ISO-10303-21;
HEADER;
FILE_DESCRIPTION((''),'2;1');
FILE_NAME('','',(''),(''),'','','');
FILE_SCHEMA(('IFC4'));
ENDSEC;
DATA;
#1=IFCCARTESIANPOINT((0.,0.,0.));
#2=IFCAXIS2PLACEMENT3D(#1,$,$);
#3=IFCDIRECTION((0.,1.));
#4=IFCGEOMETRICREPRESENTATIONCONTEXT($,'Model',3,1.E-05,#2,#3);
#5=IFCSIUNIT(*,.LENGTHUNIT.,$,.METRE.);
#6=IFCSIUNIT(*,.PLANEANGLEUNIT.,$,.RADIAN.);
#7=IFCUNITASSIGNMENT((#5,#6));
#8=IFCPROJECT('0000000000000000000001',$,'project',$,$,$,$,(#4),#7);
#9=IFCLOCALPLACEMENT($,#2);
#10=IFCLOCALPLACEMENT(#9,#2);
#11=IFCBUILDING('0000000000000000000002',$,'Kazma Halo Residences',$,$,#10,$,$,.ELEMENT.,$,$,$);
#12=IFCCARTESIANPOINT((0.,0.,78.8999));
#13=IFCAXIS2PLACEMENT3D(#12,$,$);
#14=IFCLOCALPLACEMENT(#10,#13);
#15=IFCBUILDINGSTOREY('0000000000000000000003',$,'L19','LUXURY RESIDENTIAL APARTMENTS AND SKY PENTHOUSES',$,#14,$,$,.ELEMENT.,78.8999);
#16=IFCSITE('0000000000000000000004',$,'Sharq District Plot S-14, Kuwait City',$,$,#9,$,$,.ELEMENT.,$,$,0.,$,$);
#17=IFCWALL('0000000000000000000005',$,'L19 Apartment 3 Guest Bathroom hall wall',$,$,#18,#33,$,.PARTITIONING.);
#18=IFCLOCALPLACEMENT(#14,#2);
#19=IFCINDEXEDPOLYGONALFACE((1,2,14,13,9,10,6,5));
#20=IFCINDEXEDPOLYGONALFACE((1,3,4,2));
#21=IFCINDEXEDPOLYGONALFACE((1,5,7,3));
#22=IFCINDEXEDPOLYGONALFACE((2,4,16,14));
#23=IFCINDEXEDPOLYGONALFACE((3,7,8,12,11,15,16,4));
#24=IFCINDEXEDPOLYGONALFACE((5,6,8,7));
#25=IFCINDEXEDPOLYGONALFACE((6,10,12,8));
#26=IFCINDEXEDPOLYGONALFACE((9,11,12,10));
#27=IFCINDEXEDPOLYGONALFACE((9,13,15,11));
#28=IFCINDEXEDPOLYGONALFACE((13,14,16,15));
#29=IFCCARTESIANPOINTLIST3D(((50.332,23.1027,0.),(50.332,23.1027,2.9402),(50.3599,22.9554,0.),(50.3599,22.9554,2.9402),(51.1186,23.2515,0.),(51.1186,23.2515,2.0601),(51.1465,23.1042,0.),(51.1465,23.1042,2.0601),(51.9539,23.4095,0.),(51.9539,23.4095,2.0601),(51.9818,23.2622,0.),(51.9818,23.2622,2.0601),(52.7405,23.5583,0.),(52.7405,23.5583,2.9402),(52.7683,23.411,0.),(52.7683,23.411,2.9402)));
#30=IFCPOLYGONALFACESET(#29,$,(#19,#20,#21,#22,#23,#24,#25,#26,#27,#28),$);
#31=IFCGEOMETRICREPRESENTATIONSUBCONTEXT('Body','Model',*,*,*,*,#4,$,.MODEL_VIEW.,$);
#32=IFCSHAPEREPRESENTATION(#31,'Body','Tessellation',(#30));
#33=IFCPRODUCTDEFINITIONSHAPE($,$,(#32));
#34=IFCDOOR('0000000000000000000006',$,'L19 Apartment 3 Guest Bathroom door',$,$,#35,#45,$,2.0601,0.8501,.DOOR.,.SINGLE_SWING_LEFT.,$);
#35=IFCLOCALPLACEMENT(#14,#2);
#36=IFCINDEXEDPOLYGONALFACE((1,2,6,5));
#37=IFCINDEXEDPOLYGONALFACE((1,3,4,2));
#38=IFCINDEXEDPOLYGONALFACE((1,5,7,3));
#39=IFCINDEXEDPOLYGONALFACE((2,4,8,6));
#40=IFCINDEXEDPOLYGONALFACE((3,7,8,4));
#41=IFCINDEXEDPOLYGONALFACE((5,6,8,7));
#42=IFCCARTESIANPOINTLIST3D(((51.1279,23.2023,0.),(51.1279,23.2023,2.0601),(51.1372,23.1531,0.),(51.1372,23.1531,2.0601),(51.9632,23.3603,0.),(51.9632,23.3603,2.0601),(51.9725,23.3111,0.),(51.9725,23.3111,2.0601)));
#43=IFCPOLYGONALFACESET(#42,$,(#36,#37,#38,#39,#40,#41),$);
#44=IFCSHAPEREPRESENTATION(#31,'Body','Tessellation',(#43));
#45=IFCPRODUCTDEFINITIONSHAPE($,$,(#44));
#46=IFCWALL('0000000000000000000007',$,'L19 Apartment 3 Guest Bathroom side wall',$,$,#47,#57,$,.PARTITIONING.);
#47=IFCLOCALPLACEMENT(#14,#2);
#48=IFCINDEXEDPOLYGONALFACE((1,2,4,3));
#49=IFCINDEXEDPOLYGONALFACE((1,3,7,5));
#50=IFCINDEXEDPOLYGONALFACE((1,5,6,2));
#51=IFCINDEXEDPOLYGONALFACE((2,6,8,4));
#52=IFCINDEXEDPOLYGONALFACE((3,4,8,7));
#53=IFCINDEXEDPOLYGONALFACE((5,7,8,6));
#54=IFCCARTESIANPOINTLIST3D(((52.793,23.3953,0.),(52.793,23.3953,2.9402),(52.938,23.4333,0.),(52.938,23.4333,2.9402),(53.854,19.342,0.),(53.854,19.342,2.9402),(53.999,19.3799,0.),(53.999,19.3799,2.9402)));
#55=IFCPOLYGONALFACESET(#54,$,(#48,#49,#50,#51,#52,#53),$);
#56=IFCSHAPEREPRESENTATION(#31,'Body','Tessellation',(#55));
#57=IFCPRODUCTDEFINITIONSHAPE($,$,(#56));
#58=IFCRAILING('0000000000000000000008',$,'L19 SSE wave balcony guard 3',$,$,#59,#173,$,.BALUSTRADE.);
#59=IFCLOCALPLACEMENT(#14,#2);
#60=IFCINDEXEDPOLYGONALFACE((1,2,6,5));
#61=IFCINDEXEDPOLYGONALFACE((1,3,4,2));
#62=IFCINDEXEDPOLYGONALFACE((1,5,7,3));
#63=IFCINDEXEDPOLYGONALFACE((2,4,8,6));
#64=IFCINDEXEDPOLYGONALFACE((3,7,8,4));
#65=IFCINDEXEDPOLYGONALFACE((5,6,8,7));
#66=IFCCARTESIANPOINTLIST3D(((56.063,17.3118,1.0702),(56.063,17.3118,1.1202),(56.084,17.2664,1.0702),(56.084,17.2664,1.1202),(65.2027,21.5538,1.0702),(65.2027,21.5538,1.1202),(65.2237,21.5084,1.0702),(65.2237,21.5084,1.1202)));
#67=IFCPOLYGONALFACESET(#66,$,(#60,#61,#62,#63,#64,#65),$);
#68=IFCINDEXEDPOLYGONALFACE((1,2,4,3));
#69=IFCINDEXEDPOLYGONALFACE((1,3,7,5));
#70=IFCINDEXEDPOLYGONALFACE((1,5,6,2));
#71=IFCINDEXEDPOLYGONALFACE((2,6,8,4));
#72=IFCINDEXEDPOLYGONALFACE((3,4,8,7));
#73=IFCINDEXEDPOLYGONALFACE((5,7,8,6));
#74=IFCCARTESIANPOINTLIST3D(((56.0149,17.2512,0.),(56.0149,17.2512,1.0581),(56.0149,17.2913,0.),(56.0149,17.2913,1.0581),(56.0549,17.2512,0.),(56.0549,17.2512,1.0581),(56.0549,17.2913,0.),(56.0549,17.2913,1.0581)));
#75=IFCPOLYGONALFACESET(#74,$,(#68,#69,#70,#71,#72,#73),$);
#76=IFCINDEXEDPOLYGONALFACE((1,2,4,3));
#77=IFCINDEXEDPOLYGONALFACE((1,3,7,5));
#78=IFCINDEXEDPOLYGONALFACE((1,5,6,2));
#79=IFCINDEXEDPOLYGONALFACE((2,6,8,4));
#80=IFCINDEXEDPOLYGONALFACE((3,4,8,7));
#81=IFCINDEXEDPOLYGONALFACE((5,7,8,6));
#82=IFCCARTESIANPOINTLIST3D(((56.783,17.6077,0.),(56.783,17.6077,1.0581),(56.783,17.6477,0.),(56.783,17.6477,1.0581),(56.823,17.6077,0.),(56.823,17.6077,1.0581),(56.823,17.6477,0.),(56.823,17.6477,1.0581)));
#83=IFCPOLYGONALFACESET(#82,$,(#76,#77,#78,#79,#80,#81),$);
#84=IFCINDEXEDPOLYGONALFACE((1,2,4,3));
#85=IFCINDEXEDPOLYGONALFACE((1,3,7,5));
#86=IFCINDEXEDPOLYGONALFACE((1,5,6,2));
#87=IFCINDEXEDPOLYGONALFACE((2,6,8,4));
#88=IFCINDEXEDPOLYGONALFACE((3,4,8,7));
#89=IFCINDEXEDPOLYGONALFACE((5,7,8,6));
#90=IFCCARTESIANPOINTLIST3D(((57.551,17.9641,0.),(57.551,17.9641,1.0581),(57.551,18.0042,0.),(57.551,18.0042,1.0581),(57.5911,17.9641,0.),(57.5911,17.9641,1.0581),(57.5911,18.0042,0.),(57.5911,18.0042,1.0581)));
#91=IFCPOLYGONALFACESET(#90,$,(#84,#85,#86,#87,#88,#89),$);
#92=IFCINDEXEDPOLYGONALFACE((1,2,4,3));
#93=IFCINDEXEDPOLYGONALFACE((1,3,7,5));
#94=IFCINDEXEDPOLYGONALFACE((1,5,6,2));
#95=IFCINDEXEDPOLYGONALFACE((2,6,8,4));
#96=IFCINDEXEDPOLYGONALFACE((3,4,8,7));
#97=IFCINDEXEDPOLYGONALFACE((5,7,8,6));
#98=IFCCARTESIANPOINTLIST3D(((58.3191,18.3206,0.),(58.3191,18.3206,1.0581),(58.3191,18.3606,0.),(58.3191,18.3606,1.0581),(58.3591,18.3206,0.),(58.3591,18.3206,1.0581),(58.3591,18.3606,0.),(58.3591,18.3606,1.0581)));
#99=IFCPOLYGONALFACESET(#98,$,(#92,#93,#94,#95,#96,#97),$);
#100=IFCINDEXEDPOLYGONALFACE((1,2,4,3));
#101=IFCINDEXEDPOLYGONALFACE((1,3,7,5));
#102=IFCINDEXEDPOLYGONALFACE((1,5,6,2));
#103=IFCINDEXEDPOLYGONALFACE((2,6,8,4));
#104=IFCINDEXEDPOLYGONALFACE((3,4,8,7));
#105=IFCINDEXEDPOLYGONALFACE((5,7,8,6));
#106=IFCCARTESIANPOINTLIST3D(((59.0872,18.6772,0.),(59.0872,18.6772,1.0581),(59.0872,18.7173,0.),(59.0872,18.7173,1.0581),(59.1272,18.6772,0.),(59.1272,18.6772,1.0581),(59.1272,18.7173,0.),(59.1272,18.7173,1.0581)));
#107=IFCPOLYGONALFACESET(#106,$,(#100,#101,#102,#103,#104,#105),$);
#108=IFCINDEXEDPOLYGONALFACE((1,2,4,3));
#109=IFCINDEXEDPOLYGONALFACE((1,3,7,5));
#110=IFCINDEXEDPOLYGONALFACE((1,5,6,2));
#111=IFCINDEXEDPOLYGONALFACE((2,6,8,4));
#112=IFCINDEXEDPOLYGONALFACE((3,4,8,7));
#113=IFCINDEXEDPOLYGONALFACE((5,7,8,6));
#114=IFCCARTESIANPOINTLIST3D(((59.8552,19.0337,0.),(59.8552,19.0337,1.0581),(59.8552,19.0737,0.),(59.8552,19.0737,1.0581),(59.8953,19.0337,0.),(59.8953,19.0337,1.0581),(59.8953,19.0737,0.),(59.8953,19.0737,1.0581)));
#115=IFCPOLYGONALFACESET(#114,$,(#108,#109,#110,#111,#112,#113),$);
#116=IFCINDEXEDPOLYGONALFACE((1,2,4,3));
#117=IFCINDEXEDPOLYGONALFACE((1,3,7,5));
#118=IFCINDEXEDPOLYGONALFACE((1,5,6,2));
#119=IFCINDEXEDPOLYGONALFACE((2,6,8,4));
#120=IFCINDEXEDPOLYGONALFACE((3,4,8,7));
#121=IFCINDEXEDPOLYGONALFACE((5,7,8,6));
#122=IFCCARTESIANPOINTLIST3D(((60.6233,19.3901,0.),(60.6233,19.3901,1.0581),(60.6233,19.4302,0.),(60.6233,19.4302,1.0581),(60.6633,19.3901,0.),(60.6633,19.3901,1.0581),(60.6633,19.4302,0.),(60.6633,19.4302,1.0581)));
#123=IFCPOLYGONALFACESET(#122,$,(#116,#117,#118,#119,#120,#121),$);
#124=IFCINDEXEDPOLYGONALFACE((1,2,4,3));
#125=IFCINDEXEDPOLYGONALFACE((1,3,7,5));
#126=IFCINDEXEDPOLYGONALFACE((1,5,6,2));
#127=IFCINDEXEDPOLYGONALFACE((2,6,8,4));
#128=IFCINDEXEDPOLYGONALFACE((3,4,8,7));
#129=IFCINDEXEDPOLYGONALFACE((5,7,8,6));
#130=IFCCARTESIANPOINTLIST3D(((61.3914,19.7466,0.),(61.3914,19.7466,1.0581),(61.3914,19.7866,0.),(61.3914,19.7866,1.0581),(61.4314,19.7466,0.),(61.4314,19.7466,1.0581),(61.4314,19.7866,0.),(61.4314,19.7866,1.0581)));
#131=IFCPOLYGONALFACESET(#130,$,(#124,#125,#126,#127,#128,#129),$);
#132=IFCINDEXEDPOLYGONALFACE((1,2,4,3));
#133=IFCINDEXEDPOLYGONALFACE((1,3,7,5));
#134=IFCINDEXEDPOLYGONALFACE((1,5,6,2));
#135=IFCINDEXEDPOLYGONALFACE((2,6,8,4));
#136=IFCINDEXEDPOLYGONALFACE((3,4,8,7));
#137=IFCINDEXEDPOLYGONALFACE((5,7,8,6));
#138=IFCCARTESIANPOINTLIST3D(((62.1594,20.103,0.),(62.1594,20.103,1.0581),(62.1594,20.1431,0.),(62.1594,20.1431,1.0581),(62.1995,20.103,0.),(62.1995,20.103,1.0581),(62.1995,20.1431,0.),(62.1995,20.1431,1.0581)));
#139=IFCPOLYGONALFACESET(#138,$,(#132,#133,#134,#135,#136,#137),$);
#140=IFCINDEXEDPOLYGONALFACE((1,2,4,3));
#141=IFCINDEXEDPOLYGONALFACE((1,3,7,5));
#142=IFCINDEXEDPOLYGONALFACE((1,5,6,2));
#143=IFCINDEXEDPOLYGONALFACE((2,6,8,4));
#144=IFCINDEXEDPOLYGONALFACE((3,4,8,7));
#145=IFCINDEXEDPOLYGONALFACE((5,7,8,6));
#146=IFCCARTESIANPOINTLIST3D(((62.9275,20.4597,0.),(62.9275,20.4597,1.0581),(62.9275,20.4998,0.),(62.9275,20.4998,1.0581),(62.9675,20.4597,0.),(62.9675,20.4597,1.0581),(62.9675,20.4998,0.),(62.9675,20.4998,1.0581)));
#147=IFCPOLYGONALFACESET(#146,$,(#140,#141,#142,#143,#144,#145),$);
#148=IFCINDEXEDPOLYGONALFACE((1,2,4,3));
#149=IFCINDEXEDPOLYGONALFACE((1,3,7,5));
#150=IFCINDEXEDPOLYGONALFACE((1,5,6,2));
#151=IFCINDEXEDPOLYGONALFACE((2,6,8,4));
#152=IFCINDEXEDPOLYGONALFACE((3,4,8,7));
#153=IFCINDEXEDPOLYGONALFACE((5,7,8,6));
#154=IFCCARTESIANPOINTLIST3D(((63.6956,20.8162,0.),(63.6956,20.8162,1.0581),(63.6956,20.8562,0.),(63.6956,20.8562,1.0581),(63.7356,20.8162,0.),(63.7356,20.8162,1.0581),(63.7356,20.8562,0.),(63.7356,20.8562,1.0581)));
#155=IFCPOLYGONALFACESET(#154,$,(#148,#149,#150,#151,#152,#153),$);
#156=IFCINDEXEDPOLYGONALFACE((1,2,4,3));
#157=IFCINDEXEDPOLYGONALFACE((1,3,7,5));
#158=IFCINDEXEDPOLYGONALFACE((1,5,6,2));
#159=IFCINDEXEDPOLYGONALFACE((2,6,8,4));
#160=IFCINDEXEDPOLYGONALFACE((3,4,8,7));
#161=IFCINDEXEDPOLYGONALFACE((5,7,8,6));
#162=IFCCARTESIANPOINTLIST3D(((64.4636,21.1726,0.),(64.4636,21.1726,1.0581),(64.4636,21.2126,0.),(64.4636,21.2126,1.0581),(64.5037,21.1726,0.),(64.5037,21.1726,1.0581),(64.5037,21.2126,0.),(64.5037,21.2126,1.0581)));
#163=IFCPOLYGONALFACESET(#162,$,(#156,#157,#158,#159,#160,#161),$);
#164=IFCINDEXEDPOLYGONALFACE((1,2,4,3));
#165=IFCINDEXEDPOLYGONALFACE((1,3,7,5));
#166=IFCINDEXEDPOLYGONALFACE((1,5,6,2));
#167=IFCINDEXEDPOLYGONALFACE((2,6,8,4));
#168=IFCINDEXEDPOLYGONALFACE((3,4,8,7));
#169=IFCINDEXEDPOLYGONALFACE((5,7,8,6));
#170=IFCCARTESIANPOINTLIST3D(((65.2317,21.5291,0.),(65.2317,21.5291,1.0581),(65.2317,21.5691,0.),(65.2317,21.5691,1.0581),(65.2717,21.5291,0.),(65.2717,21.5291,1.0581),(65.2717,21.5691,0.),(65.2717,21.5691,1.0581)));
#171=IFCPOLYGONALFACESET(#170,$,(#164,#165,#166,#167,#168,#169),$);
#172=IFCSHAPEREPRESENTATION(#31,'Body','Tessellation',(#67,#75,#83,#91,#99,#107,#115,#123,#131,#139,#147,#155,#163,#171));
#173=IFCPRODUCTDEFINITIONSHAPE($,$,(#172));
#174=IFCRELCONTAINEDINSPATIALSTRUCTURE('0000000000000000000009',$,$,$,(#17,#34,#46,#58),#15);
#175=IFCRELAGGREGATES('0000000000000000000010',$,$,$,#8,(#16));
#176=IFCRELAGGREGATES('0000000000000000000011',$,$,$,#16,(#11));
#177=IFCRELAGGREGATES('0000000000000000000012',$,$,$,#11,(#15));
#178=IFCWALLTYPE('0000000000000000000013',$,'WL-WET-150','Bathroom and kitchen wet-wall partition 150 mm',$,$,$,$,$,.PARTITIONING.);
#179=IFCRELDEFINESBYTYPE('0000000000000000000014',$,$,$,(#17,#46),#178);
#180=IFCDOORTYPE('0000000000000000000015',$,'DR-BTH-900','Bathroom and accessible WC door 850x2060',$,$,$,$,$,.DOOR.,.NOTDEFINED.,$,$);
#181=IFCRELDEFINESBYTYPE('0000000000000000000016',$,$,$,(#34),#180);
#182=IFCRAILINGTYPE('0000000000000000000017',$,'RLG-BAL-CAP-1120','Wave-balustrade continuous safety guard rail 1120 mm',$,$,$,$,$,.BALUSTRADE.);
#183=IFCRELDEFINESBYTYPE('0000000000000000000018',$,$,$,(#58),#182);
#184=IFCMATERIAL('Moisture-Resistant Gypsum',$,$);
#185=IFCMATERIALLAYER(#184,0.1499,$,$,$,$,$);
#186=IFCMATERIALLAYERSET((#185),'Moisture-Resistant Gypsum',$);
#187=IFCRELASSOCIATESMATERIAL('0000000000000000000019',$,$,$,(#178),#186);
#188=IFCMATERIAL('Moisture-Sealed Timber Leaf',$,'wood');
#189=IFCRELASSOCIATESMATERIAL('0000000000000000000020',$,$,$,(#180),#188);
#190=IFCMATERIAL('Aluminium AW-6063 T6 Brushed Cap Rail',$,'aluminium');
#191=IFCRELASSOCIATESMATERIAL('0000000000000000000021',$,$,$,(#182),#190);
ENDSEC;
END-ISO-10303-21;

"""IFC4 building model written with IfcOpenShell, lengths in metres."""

from ifc_helpers import new_model, si_unit, direction, frame, frame_2d, origin, origin_2d, place, context, subcontext, project, spatial, rectangle, extrude, material, layer, layer_set, type_object, element, fill, save


model = new_model("IFC4")

# Units and contexts
model_context = context("Model", 3, precision=1e-05, world=origin(), true_north=direction((0.0, 1.0)))
body_context = subcontext(model_context, "Body", "Model", "MODEL_VIEW")
ifc_project = project(units=[si_unit("LENGTHUNIT", "METRE"), si_unit("PLANEANGLEUNIT", "RADIAN")], contexts=[model_context])

# Site, building, storey
site_placement = place(None, origin())
site = spatial("IfcSite", under=ifc_project, at=site_placement, Name="Sharq District Plot S-14, Kuwait City", CompositionType="ELEMENT", RefElevation=0.0)
building_placement = place(site_placement, origin())
building = spatial("IfcBuilding", under=site, at=building_placement, Name="Kazma Halo Residences", CompositionType="ELEMENT")
storey_placement = place(building_placement, frame((0.0, 0.0, 78.8999)))
storey = spatial("IfcBuildingStorey", under=building, at=storey_placement, Name="L19", Description="LUXURY RESIDENTIAL APARTMENTS AND SKY PENTHOUSES", CompositionType="ELEMENT", Elevation=78.8999)

# Wall, opening, door
ifc_material_1 = material(Name="Moisture-Resistant Gypsum")
ifc_layer_1 = layer(ifc_material_1, 0.1499)
ifc_layer_set_1 = layer_set([ifc_layer_1], Name="Moisture-Resistant Gypsum")
wall_type_1 = type_object("IfcWallType", Name="WL-WET-150", Description="Bathroom and kitchen wet-wall partition 150 mm", PredefinedType="PARTITIONING", material=ifc_layer_set_1)
wall_1_placement = place(storey_placement, frame((50.3459, 23.0291, 0.0), z_axis=(0.0, 0.0, 1.0), x_axis=(0.982577, 0.185858, 0.0)))
wall_1 = element("IfcWall", 1, at=wall_1_placement, inside=storey, type_object=wall_type_1, Name="L19 Apartment 3 Guest Bathroom hall wall", PredefinedType="PARTITIONING", context=body_context, shape_type="SweptSolid", body=[
    extrude(rectangle(XDim=2.4512, YDim=0.1499, at=frame_2d((1.2256, 0.0))), origin(), (0.0, 0.0, 1.0), 2.9402),
])
opening_1_placement = place(wall_1_placement, frame((0.8005, 0.0, 0.0)))
opening_1 = element("IfcOpeningElement", 2, at=opening_1_placement, cuts=wall_1, PredefinedType="OPENING", context=body_context, shape_type="SweptSolid", body=[
    extrude(rectangle(XDim=0.8501, YDim=2.0601, at=frame_2d((0.425, 1.03))), frame((0.0, 0.085, 0.0), z_axis=(0.0, -1.0, 0.0), x_axis=(1.0, 0.0, 0.0)), (0.0, 0.0, 1.0), 0.1699),
])
ifc_material_2 = material(Name="Moisture-Sealed Timber Leaf", Category="wood")
door_type_1 = type_object("IfcDoorType", Name="DR-BTH-900", Description="Bathroom and accessible WC door 850x2060", OperationType="NOTDEFINED", PredefinedType="DOOR", material=ifc_material_2)
door_1_placement = place(opening_1_placement, origin())
door_1 = element("IfcDoor", 3, at=door_1_placement, inside=storey, type_object=door_type_1, Name="L19 Apartment 3 Guest Bathroom door", OperationType="SINGLE_SWING_LEFT", OverallHeight=2.0601, OverallWidth=0.8501, PredefinedType="DOOR", context=body_context, shape_type="SweptSolid", body=[
    extrude(rectangle(XDim=0.8501, YDim=2.0601, at=frame_2d((0.425, 1.03))), frame((0.0, 0.0249, 0.0), z_axis=(0.0, -1.0, 0.0), x_axis=(1.0, 0.0, 0.0)), (0.0, 0.0, 1.0), 0.05),
])
fill(opening_1, door_1)

# Wall
wall_2_placement = place(storey_placement, frame((52.8655, 23.4143, 0.0), z_axis=(0.0, 0.0, 1.0), x_axis=(0.253228, -0.967407, 0.0)))
element("IfcWall", 4, at=wall_2_placement, inside=storey, type_object=wall_type_1, Name="L19 Apartment 3 Guest Bathroom side wall", PredefinedType="PARTITIONING", context=body_context, shape_type="SweptSolid", body=[
    extrude(rectangle(XDim=4.1899, YDim=0.1499, at=frame_2d((2.095, 0.0))), origin(), (0.0, 0.0, 1.0), 2.9402),
])

# Railing
ifc_material_3 = material(Name="Aluminium AW-6063 T6 Brushed Cap Rail", Category="aluminium")
railing_type = type_object("IfcRailingType", Name="RLG-BAL-CAP-1120", Description="Wave-balustrade continuous safety guard rail 1120 mm", PredefinedType="BALUSTRADE", material=ifc_material_3)
railing_placement = place(storey_placement, frame((56.0349, 17.2712, 0.0)))
element("IfcRailing", 5, at=railing_placement, inside=storey, type_object=railing_type, Name="L19 SSE wave balcony guard 3", PredefinedType="BALUSTRADE", context=body_context, shape_type="SweptSolid", body=[
    extrude(rectangle(XDim=0.05, YDim=0.05, at=origin_2d()), frame((0.0386, 0.0178, 1.0952), z_axis=(0.907061, 0.420998, 0.0), x_axis=(-0.420998, 0.907061, 0.0)), (0.0, 0.0, 1.0), 10.0762),
    extrude(rectangle(XDim=0.04, YDim=0.04, at=origin_2d()), origin(), (0.0, 0.0, 1.0), 1.0581),
    extrude(rectangle(XDim=0.04, YDim=0.04, at=origin_2d()), frame((0.7681, 0.3564, 0.0)), (0.0, 0.0, 1.0), 1.0581),
    extrude(rectangle(XDim=0.04, YDim=0.04, at=origin_2d()), frame((1.5361, 0.7129, 0.0)), (0.0, 0.0, 1.0), 1.0581),
    extrude(rectangle(XDim=0.04, YDim=0.04, at=origin_2d()), frame((2.3042, 1.0693, 0.0)), (0.0, 0.0, 1.0), 1.0581),
    extrude(rectangle(XDim=0.04, YDim=0.04, at=origin_2d()), frame((3.0723, 1.426, 0.0)), (0.0, 0.0, 1.0), 1.0581),
    extrude(rectangle(XDim=0.04, YDim=0.04, at=origin_2d()), frame((3.8403, 1.7825, 0.0)), (0.0, 0.0, 1.0), 1.0581),
    extrude(rectangle(XDim=0.04, YDim=0.04, at=origin_2d()), frame((4.6084, 2.1389, 0.0)), (0.0, 0.0, 1.0), 1.0581),
    extrude(rectangle(XDim=0.04, YDim=0.04, at=origin_2d()), frame((5.3765, 2.4954, 0.0)), (0.0, 0.0, 1.0), 1.0581),
    extrude(rectangle(XDim=0.04, YDim=0.04, at=origin_2d()), frame((6.1445, 2.8518, 0.0)), (0.0, 0.0, 1.0), 1.0581),
    extrude(rectangle(XDim=0.04, YDim=0.04, at=origin_2d()), frame((6.9126, 3.2085, 0.0)), (0.0, 0.0, 1.0), 1.0581),
    extrude(rectangle(XDim=0.04, YDim=0.04, at=origin_2d()), frame((7.6807, 3.5649, 0.0)), (0.0, 0.0, 1.0), 1.0581),
    extrude(rectangle(XDim=0.04, YDim=0.04, at=origin_2d()), frame((8.4487, 3.9214, 0.0)), (0.0, 0.0, 1.0), 1.0581),
    extrude(rectangle(XDim=0.04, YDim=0.04, at=origin_2d()), frame((9.2168, 4.2778, 0.0)), (0.0, 0.0, 1.0), 1.0581),
])

save(model, "model.ifc")
